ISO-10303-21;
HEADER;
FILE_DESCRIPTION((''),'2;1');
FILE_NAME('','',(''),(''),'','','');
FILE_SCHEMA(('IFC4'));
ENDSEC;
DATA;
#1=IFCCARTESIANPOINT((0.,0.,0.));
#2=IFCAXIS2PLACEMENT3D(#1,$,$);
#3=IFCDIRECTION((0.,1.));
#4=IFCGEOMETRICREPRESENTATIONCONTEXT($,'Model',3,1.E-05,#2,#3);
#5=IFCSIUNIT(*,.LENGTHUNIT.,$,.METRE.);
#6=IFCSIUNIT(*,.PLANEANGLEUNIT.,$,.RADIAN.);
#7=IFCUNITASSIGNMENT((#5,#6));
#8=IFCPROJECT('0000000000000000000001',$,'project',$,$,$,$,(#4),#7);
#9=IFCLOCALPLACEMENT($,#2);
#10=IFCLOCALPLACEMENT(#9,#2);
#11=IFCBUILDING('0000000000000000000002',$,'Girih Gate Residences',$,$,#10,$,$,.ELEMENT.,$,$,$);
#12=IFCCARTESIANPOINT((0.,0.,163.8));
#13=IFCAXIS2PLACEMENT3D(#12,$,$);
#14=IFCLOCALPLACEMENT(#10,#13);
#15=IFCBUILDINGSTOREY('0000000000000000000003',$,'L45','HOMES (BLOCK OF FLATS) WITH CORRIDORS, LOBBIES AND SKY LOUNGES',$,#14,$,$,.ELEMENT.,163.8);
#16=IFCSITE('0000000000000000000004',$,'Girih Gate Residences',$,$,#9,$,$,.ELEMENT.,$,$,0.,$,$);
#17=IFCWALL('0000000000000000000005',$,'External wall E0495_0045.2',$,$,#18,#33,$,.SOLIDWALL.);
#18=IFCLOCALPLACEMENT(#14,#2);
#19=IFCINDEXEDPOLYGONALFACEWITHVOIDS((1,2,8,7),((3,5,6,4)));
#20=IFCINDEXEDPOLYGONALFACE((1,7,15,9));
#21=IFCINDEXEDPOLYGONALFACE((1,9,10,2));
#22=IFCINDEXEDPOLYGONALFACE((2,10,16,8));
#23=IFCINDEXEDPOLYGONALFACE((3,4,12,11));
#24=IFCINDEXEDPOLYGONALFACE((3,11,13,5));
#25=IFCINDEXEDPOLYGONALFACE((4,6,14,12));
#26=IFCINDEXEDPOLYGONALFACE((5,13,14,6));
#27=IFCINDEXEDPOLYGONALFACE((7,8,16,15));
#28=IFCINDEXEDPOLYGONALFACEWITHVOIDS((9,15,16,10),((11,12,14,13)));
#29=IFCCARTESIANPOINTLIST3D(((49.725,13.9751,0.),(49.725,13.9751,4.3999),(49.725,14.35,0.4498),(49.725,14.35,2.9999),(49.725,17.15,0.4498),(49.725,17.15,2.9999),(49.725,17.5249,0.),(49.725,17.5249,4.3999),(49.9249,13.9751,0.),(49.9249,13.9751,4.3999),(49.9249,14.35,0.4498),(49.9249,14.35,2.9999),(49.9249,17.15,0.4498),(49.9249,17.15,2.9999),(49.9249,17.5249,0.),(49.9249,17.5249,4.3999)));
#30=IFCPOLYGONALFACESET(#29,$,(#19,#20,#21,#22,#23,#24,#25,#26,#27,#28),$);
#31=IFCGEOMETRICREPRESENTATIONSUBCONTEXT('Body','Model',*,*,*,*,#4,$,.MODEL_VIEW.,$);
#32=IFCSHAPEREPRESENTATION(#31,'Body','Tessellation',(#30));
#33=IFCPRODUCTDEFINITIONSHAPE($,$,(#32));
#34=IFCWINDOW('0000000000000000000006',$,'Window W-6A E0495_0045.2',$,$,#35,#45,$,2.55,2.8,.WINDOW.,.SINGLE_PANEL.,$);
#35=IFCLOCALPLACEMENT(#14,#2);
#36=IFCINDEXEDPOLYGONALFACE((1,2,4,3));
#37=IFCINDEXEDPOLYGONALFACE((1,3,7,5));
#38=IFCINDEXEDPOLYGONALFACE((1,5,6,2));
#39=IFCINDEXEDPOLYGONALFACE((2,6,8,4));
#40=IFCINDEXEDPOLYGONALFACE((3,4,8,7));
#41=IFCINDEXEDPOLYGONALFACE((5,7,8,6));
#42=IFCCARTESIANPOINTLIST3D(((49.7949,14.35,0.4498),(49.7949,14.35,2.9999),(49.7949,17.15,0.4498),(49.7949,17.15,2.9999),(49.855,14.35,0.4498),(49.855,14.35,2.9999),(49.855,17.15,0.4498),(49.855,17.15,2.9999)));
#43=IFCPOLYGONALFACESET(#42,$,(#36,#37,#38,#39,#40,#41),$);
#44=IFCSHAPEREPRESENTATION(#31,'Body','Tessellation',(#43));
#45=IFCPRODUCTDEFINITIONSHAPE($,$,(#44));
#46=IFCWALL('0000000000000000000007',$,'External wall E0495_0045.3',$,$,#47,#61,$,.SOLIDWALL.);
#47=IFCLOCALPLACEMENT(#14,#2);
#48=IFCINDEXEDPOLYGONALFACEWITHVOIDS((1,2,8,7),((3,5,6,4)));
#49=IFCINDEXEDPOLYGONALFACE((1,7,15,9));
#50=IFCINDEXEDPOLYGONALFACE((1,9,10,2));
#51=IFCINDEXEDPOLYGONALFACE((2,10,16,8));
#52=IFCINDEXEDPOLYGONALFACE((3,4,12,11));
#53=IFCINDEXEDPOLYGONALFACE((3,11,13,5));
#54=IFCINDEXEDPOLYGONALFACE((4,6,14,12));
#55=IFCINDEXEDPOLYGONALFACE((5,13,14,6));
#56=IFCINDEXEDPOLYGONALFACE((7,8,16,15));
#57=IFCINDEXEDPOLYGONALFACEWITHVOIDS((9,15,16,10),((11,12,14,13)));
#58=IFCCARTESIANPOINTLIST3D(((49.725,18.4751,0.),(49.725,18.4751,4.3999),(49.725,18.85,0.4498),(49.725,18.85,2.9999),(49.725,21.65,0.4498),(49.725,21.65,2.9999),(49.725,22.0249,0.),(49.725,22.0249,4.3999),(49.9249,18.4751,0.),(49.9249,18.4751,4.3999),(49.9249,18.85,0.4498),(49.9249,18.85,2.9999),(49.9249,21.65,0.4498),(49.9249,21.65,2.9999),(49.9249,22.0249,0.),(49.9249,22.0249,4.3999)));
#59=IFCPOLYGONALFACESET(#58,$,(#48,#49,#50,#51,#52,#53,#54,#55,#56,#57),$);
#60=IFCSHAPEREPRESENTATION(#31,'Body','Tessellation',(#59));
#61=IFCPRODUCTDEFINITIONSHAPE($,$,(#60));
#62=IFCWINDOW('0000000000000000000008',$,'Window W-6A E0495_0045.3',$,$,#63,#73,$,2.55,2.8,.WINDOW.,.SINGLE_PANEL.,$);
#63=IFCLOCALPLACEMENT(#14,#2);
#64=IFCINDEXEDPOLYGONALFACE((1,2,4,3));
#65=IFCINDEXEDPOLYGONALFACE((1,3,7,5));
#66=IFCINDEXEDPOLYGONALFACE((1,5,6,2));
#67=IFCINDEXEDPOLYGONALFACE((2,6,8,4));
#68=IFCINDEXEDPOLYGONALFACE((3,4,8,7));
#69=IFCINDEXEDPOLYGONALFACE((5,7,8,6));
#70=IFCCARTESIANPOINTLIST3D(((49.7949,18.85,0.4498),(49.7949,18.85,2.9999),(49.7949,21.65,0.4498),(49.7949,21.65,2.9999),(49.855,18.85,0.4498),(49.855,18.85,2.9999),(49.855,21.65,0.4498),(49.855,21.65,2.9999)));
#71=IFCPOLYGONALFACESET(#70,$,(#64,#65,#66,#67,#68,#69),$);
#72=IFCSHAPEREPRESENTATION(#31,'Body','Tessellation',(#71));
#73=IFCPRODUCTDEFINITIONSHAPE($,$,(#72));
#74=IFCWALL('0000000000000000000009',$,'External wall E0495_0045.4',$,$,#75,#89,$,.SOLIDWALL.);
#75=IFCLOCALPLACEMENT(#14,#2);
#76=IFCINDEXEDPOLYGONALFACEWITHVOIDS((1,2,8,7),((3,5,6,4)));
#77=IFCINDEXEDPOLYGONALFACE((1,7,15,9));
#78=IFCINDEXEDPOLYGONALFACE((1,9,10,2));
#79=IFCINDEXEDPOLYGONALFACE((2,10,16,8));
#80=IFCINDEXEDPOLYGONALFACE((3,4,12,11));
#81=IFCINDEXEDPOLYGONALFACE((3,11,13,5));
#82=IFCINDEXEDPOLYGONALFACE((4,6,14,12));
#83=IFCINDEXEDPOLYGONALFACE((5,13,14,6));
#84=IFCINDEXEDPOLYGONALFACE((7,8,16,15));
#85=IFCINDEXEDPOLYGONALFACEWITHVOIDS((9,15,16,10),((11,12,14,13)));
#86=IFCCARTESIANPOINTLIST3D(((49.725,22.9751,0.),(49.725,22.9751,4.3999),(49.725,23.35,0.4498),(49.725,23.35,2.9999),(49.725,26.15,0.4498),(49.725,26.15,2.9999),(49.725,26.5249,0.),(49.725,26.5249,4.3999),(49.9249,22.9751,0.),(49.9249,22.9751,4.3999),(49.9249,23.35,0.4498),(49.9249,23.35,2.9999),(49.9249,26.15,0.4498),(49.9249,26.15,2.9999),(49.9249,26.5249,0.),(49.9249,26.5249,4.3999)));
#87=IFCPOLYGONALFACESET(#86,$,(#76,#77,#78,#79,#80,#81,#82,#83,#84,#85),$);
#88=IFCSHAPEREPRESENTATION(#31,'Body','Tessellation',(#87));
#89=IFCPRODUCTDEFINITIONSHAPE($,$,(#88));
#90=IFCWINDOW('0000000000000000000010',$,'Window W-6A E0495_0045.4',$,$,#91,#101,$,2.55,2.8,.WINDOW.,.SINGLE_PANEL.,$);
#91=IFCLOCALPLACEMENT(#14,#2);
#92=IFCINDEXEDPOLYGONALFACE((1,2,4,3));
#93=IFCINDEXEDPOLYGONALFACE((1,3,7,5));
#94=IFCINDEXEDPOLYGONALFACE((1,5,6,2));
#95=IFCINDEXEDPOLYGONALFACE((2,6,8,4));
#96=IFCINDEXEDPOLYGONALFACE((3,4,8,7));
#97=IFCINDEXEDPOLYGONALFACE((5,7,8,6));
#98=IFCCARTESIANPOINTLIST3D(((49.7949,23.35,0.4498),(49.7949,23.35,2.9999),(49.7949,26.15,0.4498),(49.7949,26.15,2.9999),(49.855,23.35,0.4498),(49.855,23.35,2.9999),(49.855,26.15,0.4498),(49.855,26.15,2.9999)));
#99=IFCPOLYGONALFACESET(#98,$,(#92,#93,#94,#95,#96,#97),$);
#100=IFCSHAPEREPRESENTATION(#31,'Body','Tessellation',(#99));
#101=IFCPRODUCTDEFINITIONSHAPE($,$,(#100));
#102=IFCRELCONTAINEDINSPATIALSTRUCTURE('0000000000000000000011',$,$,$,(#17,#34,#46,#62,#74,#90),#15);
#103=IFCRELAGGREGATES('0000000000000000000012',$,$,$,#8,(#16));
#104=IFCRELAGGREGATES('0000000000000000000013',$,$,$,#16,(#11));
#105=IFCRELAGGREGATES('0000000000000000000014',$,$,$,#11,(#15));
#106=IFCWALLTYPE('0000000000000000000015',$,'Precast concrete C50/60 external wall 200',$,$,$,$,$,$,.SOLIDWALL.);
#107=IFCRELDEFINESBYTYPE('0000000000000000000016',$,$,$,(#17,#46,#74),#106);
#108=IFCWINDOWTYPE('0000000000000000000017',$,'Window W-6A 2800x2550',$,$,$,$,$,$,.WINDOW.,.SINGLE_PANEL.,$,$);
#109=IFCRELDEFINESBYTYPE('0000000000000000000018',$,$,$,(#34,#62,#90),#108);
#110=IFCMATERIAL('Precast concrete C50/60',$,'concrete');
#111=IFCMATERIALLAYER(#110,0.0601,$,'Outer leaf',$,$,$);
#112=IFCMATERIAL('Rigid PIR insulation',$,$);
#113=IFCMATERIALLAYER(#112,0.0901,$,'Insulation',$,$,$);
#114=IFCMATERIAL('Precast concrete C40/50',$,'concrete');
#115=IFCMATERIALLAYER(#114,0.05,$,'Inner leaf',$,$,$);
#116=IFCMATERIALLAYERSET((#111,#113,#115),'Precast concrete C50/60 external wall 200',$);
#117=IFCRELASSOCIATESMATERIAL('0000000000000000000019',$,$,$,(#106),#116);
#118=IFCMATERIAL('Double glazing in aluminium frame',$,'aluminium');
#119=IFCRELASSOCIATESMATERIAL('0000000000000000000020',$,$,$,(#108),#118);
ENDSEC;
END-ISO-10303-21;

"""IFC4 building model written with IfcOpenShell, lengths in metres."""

from ifc_helpers import new_model, si_unit, direction, frame, frame_2d, origin, place, context, subcontext, project, spatial, rectangle, extrude, material, layer, layer_set, type_object, element, fill, save


model = new_model("IFC4")

# Units and contexts
model_context = context("Model", 3, precision=1e-05, world=origin(), true_north=direction((0.0, 1.0)))
body_context = subcontext(model_context, "Body", "Model", "MODEL_VIEW")
ifc_project = project(units=[si_unit("LENGTHUNIT", "METRE"), si_unit("PLANEANGLEUNIT", "RADIAN")], contexts=[model_context])

# Site, building, storey
site_placement = place(None, origin())
site = spatial("IfcSite", under=ifc_project, at=site_placement, Name="Girih Gate Residences", CompositionType="ELEMENT", RefElevation=0.0)
building_placement = place(site_placement, origin())
building = spatial("IfcBuilding", under=site, at=building_placement, Name="Girih Gate Residences", CompositionType="ELEMENT")
storey_placement = place(building_placement, frame((0.0, 0.0, 163.8)))
storey = spatial("IfcBuildingStorey", under=building, at=storey_placement, Name="L45", Description="HOMES (BLOCK OF FLATS) WITH CORRIDORS, LOBBIES AND SKY LOUNGES", CompositionType="ELEMENT", Elevation=163.8)

# Walls, openings, windows
ifc_material_1 = material(Name="Precast concrete C50/60", Category="concrete")
ifc_layer_1 = layer(ifc_material_1, 0.0601, Name="Outer leaf")
ifc_material_2 = material(Name="Rigid PIR insulation")
ifc_layer_2 = layer(ifc_material_2, 0.0901, Name="Insulation")
ifc_material_3 = material(Name="Precast concrete C40/50", Category="concrete")
ifc_layer_3 = layer(ifc_material_3, 0.05, Name="Inner leaf")
ifc_layer_set_1 = layer_set([ifc_layer_1, ifc_layer_2, ifc_layer_3], Name="Precast concrete C50/60 external wall 200")
wall_type_1 = type_object("IfcWallType", Name="Precast concrete C50/60 external wall 200", PredefinedType="SOLIDWALL", material=ifc_layer_set_1)
ifc_material_4 = material(Name="Double glazing in aluminium frame", Category="aluminium")
window_type = type_object("IfcWindowType", Name="Window W-6A 2800x2550", PartitioningType="SINGLE_PANEL", PredefinedType="WINDOW", material=ifc_material_4)
wall_1_placement = place(storey_placement, frame((49.825, 17.5249, 0.0), z_axis=(0.0, 0.0, 1.0), x_axis=(0.0, -1.0, 0.0)))
wall_1 = element("IfcWall", 1, at=wall_1_placement, inside=storey, type_object=wall_type_1, Name="External wall E0495_0045.2", PredefinedType="SOLIDWALL", context=body_context, shape_type="SweptSolid", body=[
    extrude(rectangle(XDim=3.5498, YDim=0.2, at=frame_2d((1.7749, 0.0))), origin(), (0.0, 0.0, 1.0), 4.3999),
])
opening_1_placement = place(wall_1_placement, frame((0.375, 0.0, 0.45)))
opening_1 = element("IfcOpeningElement", 2, at=opening_1_placement, cuts=wall_1, PredefinedType="OPENING", context=body_context, shape_type="SweptSolid", body=[
    extrude(rectangle(XDim=2.8, YDim=2.55, at=frame_2d((1.3999, 1.2749))), frame((0.0, 0.1099, 0.0), z_axis=(0.0, -1.0, 0.0), x_axis=(1.0, 0.0, 0.0)), (0.0, 0.0, 1.0), 0.22),
])
window_1_placement = place(opening_1_placement, origin())
window_1 = element("IfcWindow", 3, at=window_1_placement, inside=storey, type_object=window_type, Name="Window W-6A E0495_0045.2", OverallHeight=2.55, OverallWidth=2.8, PartitioningType="SINGLE_PANEL", PredefinedType="WINDOW", context=body_context, shape_type="SweptSolid", body=[
    extrude(rectangle(XDim=2.8, YDim=2.55, at=frame_2d((1.3999, 1.2749))), frame((0.0, 0.03, 0.0), z_axis=(0.0, -1.0, 0.0), x_axis=(1.0, 0.0, 0.0)), (0.0, 0.0, 1.0), 0.0601),
])
fill(opening_1, window_1)
wall_2_placement = place(storey_placement, frame((49.825, 22.0249, 0.0), z_axis=(0.0, 0.0, 1.0), x_axis=(0.0, -1.0, 0.0)))
wall_2 = element("IfcWall", 4, at=wall_2_placement, inside=storey, type_object=wall_type_1, Name="External wall E0495_0045.3", PredefinedType="SOLIDWALL", context=body_context, shape_type="SweptSolid", body=[
    extrude(rectangle(XDim=3.5498, YDim=0.2, at=frame_2d((1.7749, 0.0))), origin(), (0.0, 0.0, 1.0), 4.3999),
])
opening_2_placement = place(wall_2_placement, frame((0.375, 0.0, 0.45)))
opening_2 = element("IfcOpeningElement", 5, at=opening_2_placement, cuts=wall_2, PredefinedType="OPENING", context=body_context, shape_type="SweptSolid", body=[
    extrude(rectangle(XDim=2.8, YDim=2.55, at=frame_2d((1.3999, 1.2749))), frame((0.0, 0.1099, 0.0), z_axis=(0.0, -1.0, 0.0), x_axis=(1.0, 0.0, 0.0)), (0.0, 0.0, 1.0), 0.22),
])
window_2_placement = place(opening_2_placement, origin())
window_2 = element("IfcWindow", 6, at=window_2_placement, inside=storey, type_object=window_type, Name="Window W-6A E0495_0045.3", OverallHeight=2.55, OverallWidth=2.8, PartitioningType="SINGLE_PANEL", PredefinedType="WINDOW", context=body_context, shape_type="SweptSolid", body=[
    extrude(rectangle(XDim=2.8, YDim=2.55, at=frame_2d((1.3999, 1.2749))), frame((0.0, 0.03, 0.0), z_axis=(0.0, -1.0, 0.0), x_axis=(1.0, 0.0, 0.0)), (0.0, 0.0, 1.0), 0.0601),
])
fill(opening_2, window_2)
wall_3_placement = place(storey_placement, frame((49.825, 26.5249, 0.0), z_axis=(0.0, 0.0, 1.0), x_axis=(0.0, -1.0, 0.0)))
wall_3 = element("IfcWall", 7, at=wall_3_placement, inside=storey, type_object=wall_type_1, Name="External wall E0495_0045.4", PredefinedType="SOLIDWALL", context=body_context, shape_type="SweptSolid", body=[
    extrude(rectangle(XDim=3.5498, YDim=0.2, at=frame_2d((1.7749, 0.0))), origin(), (0.0, 0.0, 1.0), 4.3999),
])
opening_3_placement = place(wall_3_placement, frame((0.375, 0.0, 0.45)))
opening_3 = element("IfcOpeningElement", 8, at=opening_3_placement, cuts=wall_3, PredefinedType="OPENING", context=body_context, shape_type="SweptSolid", body=[
    extrude(rectangle(XDim=2.8, YDim=2.55, at=frame_2d((1.3999, 1.2749))), frame((0.0, 0.1099, 0.0), z_axis=(0.0, -1.0, 0.0), x_axis=(1.0, 0.0, 0.0)), (0.0, 0.0, 1.0), 0.22),
])
window_3_placement = place(opening_3_placement, origin())
window_3 = element("IfcWindow", 9, at=window_3_placement, inside=storey, type_object=window_type, Name="Window W-6A E0495_0045.4", OverallHeight=2.55, OverallWidth=2.8, PartitioningType="SINGLE_PANEL", PredefinedType="WINDOW", context=body_context, shape_type="SweptSolid", body=[
    extrude(rectangle(XDim=2.8, YDim=2.55, at=frame_2d((1.3999, 1.2749))), frame((0.0, 0.03, 0.0), z_axis=(0.0, -1.0, 0.0), x_axis=(1.0, 0.0, 0.0)), (0.0, 0.0, 1.0), 0.0601),
])
fill(opening_3, window_3)

save(model, "model.ifc")
